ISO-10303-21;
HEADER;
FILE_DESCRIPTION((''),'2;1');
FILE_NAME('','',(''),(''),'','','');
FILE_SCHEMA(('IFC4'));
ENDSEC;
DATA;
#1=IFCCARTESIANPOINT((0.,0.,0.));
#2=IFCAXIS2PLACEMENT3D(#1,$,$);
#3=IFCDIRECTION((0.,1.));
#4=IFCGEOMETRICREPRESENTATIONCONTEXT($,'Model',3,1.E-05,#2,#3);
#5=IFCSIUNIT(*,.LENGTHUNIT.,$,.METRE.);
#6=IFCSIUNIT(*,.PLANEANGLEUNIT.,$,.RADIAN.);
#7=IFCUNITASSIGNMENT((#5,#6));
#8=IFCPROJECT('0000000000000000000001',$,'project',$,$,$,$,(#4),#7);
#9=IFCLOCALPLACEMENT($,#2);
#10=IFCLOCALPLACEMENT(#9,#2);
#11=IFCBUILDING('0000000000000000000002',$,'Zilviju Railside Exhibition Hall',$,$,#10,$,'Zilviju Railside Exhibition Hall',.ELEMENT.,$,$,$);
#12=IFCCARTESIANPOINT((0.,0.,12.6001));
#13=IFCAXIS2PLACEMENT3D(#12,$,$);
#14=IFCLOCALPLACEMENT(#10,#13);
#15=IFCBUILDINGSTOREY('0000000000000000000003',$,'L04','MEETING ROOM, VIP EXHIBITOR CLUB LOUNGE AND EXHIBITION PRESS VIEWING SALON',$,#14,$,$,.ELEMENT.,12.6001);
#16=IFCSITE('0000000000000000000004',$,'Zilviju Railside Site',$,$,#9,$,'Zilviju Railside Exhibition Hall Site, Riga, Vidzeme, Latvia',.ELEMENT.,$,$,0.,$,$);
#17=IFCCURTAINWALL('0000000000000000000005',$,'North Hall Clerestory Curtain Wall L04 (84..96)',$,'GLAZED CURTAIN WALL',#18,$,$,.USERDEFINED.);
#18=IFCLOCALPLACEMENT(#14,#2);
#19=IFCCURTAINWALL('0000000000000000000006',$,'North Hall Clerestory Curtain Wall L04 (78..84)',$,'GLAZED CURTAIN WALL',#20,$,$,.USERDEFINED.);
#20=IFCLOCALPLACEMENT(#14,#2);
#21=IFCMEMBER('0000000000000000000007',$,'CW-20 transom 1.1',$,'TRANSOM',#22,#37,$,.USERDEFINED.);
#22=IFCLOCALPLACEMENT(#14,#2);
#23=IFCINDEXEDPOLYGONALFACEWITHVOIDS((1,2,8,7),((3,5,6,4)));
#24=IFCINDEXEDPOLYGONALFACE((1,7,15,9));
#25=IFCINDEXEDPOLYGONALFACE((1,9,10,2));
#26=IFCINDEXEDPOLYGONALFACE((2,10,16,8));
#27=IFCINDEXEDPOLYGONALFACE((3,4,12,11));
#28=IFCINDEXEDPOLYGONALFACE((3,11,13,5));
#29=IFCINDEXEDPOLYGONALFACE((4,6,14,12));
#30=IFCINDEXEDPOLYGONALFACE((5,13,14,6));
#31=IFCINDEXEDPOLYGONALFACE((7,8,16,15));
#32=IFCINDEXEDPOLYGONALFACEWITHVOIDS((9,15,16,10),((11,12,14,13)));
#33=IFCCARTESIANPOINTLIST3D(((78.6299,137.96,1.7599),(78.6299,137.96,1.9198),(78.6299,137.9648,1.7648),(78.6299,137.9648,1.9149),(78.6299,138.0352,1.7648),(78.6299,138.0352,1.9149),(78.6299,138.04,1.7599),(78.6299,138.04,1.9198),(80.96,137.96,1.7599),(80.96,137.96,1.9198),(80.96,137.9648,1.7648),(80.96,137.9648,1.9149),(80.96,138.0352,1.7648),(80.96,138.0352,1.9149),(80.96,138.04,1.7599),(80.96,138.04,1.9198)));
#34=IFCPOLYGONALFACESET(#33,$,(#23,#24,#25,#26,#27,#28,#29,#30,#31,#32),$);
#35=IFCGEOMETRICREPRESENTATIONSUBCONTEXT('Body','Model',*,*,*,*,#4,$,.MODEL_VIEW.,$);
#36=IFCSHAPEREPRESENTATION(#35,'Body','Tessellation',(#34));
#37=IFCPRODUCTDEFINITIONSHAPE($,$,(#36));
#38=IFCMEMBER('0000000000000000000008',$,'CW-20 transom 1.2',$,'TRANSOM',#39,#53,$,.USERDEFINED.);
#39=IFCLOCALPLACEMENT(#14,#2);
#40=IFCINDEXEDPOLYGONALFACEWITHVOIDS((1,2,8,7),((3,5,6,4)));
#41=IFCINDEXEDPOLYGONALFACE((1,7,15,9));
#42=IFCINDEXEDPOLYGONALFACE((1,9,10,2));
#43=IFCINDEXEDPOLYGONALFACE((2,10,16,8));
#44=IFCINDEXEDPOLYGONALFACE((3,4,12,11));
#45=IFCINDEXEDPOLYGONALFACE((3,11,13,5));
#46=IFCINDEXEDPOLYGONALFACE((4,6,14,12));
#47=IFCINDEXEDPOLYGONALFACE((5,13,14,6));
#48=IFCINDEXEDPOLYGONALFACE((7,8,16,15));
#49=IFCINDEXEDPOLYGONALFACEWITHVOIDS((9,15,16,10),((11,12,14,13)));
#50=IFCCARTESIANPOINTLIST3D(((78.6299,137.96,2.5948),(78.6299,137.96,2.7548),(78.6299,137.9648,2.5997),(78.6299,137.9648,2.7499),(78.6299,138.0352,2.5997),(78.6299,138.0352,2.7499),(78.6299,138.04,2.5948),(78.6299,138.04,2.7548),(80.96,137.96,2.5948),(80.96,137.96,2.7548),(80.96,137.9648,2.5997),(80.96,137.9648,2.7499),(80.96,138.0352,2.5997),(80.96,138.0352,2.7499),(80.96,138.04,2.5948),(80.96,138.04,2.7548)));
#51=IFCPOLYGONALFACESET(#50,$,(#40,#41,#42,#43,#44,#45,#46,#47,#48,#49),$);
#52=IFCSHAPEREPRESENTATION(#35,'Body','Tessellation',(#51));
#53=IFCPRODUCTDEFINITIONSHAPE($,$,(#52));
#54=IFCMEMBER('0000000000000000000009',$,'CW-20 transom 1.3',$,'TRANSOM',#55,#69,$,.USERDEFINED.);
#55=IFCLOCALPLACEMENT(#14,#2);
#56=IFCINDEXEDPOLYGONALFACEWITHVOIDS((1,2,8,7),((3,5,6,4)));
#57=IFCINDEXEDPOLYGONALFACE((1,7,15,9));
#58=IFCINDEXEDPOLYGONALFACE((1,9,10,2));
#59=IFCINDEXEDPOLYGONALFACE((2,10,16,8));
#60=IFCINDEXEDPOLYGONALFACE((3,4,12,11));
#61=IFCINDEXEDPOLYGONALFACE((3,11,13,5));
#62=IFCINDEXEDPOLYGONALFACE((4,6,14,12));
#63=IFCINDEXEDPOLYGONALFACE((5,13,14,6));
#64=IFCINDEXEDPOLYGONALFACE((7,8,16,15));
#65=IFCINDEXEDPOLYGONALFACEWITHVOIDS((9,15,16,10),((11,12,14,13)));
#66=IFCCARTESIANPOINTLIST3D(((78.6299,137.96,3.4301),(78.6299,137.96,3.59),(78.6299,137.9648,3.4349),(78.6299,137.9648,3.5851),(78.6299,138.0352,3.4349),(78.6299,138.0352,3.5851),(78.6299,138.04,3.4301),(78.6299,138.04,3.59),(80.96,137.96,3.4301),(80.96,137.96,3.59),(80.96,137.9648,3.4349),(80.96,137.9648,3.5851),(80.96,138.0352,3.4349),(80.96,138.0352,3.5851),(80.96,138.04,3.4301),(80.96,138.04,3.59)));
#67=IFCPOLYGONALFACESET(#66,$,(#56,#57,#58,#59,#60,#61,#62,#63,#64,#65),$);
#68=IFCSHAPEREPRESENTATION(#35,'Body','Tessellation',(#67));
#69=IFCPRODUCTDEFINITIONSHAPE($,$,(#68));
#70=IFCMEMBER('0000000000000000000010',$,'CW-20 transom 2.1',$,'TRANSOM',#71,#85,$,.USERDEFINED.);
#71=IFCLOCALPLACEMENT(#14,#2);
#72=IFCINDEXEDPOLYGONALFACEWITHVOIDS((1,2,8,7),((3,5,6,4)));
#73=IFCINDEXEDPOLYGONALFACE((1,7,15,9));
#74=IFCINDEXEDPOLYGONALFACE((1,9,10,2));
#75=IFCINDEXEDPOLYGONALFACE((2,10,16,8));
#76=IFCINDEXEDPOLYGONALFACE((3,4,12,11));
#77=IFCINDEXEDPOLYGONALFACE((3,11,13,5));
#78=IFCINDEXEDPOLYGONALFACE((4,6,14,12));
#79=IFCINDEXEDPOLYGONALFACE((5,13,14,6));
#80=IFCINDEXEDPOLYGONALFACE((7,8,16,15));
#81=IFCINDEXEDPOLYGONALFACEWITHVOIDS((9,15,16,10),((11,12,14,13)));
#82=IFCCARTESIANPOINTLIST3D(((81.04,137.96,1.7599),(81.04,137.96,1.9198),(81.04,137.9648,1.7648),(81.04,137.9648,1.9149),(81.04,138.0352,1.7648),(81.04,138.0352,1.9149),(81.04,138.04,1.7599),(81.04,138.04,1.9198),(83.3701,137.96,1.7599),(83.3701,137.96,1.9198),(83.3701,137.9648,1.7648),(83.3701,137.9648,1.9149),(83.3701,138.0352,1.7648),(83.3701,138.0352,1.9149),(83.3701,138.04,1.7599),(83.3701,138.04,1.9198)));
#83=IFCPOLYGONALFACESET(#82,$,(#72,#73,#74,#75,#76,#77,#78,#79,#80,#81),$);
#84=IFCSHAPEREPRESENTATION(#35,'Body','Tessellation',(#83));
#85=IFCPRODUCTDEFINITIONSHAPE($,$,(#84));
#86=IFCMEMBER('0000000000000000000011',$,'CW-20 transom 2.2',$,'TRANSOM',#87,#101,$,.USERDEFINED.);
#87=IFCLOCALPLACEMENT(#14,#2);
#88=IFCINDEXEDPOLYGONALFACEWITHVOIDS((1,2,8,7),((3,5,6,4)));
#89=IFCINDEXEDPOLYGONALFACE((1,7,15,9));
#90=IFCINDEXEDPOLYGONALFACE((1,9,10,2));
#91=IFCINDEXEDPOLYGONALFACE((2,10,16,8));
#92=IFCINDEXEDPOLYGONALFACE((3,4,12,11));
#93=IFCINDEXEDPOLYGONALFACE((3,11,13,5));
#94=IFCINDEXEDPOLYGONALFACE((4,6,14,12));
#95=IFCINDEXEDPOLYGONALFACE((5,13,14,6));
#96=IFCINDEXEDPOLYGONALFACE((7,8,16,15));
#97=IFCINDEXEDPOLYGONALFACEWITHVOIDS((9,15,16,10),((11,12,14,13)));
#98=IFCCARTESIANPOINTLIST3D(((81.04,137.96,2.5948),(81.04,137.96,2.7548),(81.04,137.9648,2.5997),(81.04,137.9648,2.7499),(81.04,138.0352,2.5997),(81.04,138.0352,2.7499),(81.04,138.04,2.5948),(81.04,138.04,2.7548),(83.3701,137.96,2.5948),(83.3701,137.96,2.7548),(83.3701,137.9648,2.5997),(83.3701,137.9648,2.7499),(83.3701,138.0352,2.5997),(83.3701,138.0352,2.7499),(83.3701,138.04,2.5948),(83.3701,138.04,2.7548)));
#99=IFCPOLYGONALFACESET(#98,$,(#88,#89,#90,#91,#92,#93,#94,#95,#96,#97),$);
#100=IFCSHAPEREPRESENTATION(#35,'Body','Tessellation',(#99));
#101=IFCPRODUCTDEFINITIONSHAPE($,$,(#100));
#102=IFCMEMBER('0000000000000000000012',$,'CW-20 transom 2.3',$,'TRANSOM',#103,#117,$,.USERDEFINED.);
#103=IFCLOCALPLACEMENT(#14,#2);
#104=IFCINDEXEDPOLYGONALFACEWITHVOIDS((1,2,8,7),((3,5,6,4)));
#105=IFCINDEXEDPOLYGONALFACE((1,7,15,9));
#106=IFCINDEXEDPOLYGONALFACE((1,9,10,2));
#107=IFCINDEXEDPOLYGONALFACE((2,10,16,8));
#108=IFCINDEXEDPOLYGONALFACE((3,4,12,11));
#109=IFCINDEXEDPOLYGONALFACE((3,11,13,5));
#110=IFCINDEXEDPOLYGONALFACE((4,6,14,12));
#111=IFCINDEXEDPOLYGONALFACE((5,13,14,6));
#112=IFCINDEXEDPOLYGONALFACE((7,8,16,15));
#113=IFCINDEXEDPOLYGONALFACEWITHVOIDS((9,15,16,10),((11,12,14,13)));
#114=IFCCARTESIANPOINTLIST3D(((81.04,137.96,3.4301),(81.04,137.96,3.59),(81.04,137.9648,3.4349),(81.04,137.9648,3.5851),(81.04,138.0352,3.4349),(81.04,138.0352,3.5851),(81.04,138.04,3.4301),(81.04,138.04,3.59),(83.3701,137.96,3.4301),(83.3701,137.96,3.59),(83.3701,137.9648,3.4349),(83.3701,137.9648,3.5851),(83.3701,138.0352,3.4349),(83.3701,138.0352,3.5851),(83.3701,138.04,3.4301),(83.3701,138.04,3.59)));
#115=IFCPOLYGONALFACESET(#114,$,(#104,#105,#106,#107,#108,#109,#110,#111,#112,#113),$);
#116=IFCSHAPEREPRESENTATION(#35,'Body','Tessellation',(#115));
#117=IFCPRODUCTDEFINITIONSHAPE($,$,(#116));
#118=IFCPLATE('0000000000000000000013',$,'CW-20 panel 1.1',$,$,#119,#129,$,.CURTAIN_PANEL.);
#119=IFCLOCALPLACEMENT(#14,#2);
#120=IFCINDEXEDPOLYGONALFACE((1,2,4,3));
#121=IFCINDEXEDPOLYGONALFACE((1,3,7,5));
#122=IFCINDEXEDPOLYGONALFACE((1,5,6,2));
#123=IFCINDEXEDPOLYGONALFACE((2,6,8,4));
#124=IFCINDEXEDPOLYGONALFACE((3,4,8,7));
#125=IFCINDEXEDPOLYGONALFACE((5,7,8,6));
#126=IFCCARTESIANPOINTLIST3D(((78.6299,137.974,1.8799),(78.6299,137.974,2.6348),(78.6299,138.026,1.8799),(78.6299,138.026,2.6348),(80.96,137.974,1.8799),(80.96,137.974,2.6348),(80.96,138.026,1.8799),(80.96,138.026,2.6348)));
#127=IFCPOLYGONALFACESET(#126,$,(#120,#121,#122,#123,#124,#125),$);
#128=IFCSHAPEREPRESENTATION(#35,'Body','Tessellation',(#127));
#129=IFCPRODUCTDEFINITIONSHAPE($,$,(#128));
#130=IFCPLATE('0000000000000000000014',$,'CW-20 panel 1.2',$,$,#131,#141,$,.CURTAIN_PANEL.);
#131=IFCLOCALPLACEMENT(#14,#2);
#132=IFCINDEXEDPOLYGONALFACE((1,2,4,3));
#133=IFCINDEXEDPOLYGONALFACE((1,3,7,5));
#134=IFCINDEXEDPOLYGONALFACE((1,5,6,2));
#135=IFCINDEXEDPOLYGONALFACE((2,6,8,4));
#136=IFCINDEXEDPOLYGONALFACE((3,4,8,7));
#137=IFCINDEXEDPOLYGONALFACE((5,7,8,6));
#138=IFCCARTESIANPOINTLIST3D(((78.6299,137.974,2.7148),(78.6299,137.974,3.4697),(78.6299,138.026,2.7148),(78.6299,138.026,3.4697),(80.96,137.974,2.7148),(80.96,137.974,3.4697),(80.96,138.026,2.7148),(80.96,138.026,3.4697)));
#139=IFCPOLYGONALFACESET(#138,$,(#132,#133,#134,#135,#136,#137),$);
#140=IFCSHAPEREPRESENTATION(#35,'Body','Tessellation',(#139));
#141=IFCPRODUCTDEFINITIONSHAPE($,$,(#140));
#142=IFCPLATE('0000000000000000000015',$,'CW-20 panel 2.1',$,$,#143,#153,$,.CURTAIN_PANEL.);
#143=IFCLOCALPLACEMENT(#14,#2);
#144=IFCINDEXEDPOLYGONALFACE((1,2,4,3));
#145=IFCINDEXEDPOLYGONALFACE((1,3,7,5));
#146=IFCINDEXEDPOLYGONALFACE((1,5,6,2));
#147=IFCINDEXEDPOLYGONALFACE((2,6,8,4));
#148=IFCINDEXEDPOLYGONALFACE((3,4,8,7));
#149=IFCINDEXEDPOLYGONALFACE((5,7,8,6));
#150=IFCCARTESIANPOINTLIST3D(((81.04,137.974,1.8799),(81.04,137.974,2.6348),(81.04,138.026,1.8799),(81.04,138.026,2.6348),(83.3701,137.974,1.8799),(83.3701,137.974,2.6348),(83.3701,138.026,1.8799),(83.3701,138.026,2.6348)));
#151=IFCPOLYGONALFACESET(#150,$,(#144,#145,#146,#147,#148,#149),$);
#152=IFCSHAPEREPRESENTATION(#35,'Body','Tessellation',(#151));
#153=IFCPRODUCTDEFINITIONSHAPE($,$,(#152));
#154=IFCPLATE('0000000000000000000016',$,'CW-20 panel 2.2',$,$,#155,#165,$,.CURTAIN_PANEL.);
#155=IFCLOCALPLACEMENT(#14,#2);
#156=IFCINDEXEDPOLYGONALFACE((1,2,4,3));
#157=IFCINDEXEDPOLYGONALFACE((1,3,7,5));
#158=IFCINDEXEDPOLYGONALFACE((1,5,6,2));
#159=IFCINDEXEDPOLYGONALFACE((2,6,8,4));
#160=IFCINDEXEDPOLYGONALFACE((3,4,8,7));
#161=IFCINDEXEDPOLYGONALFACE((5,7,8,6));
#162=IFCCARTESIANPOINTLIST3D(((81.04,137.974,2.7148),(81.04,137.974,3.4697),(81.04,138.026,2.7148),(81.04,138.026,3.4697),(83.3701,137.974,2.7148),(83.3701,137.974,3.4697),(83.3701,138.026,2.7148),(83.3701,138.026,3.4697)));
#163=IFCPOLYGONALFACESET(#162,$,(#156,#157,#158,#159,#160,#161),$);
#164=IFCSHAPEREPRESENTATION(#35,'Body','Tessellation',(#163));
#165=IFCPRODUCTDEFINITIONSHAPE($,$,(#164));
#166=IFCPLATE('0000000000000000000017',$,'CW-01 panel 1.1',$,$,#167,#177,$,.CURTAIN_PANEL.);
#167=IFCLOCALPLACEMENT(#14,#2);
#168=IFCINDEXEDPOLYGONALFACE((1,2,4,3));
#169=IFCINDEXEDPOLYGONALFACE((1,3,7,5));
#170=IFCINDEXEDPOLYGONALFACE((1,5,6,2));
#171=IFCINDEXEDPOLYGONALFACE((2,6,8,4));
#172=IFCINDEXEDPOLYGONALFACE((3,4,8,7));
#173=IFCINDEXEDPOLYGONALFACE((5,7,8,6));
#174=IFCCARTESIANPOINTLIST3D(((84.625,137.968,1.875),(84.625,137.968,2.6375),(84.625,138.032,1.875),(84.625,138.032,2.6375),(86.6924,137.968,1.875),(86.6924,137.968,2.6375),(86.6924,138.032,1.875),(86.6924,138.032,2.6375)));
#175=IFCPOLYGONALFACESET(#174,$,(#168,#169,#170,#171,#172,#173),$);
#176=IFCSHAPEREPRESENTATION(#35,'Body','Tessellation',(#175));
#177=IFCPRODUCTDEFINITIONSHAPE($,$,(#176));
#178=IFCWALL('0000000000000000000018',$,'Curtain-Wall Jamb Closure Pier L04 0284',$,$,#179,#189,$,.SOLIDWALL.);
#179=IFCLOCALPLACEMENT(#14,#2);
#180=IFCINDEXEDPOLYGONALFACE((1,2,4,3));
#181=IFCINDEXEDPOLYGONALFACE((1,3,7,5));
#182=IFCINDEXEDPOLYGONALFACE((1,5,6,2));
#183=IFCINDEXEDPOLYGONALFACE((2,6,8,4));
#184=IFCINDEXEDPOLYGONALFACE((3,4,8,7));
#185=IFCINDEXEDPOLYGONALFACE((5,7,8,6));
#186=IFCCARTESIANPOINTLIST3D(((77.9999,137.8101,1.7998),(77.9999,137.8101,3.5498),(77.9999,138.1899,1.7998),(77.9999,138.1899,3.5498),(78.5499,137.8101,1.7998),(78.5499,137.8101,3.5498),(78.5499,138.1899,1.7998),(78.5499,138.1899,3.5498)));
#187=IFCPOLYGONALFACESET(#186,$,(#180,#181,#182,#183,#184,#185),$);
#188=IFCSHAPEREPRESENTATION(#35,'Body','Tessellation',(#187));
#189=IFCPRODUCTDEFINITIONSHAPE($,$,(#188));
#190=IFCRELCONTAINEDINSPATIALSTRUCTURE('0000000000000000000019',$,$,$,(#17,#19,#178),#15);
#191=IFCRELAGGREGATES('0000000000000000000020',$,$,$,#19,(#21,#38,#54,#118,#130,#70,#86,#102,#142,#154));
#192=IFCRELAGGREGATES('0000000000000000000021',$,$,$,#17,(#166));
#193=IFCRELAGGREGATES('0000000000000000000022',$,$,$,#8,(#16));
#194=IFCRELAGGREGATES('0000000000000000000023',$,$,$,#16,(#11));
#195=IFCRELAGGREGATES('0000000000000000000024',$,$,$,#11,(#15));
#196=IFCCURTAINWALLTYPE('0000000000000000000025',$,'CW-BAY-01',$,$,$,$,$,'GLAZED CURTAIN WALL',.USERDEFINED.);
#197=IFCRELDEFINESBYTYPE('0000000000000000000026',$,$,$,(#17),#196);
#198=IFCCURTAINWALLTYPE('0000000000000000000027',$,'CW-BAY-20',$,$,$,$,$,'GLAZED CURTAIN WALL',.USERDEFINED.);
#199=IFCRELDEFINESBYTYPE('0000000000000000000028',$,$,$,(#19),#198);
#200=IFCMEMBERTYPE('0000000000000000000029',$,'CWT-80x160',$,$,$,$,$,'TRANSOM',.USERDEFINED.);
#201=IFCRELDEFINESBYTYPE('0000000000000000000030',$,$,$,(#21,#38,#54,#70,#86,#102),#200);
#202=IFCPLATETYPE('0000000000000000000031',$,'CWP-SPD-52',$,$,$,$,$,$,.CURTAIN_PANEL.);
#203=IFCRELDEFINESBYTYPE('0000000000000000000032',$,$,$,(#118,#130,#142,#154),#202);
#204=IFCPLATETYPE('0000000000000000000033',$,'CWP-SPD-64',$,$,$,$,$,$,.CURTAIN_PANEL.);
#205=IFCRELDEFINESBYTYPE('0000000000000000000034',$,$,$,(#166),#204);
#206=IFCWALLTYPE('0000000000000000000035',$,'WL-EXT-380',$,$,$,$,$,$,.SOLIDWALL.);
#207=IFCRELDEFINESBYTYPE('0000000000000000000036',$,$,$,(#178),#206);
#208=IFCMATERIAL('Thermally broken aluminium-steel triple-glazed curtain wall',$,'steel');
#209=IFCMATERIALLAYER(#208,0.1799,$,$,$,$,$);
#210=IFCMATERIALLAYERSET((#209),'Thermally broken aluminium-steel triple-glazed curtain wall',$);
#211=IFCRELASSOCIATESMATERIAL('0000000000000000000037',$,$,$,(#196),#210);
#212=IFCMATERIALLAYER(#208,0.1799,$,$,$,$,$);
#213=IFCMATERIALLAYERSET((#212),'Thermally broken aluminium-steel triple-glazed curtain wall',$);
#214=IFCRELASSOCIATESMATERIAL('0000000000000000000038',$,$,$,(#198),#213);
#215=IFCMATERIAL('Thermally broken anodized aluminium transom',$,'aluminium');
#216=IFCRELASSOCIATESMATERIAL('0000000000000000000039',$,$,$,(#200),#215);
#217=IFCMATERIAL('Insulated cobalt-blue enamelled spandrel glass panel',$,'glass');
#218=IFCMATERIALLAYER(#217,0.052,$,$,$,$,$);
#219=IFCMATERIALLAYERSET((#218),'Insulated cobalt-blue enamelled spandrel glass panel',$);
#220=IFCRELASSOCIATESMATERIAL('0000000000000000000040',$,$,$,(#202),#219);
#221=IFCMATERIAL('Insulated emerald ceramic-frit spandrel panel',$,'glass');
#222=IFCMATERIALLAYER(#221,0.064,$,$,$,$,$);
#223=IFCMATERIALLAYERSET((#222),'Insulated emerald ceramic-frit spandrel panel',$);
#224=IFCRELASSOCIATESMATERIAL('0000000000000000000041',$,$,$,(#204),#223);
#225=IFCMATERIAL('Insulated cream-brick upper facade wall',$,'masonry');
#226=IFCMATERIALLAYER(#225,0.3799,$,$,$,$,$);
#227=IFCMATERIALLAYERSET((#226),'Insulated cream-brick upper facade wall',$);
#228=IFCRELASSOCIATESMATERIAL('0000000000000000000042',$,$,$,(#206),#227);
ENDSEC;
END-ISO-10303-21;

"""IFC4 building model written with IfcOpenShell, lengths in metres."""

from ifc_helpers import new_model, si_unit, direction, frame, frame_2d, origin, origin_2d, place, context, subcontext, project, spatial, rectangle, hollow_rectangle, extrude, material, layer, layer_set, material_profile, profile_set, type_object, element, aggregate, save


model = new_model("IFC4")

# Units and contexts
model_context = context("Model", 3, precision=1e-05, world=origin(), true_north=direction((0.0, 1.0)))
body_context = subcontext(model_context, "Body", "Model", "MODEL_VIEW")
ifc_project = project(units=[si_unit("LENGTHUNIT", "METRE"), si_unit("PLANEANGLEUNIT", "RADIAN")], contexts=[model_context])

# Site, building, storey
site_placement = place(None, origin())
site = spatial("IfcSite", under=ifc_project, at=site_placement, Name="Zilviju Railside Site", LongName="Zilviju Railside Exhibition Hall Site, Riga, Vidzeme, Latvia", CompositionType="ELEMENT", RefElevation=0.0)
building_placement = place(site_placement, origin())
building = spatial("IfcBuilding", under=site, at=building_placement, Name="Zilviju Railside Exhibition Hall", LongName="Zilviju Railside Exhibition Hall", CompositionType="ELEMENT")
storey_placement = place(building_placement, frame((0.0, 0.0, 12.6001)))
storey = spatial("IfcBuildingStorey", under=building, at=storey_placement, Name="L04", Description="MEETING ROOM, VIP EXHIBITOR CLUB LOUNGE AND EXHIBITION PRESS VIEWING SALON", CompositionType="ELEMENT", Elevation=12.6001)

# Curtain wall
ifc_material_1 = material(Name="Thermally broken aluminium-steel triple-glazed curtain wall", Category="steel")
ifc_layer_1 = layer(ifc_material_1, 0.1799)
ifc_layer_set_1 = layer_set([ifc_layer_1], Name="Thermally broken aluminium-steel triple-glazed curtain wall")
curtain_wall_type_1 = type_object("IfcCurtainWallType", Name="CW-BAY-01", ElementType="GLAZED CURTAIN WALL", PredefinedType="USERDEFINED", material=ifc_layer_set_1)
curtain_wall_1_placement = place(storey_placement, origin())
curtain_wall_1 = element("IfcCurtainWall", 1, at=curtain_wall_1_placement, inside=storey, type_object=curtain_wall_type_1, Name="North Hall Clerestory Curtain Wall L04 (84..96)", ObjectType="GLAZED CURTAIN WALL", PredefinedType="USERDEFINED")

# Curtain wall
ifc_layer_2 = layer(ifc_material_1, 0.1799)
ifc_layer_set_2 = layer_set([ifc_layer_2], Name="Thermally broken aluminium-steel triple-glazed curtain wall")
curtain_wall_type_2 = type_object("IfcCurtainWallType", Name="CW-BAY-20", ElementType="GLAZED CURTAIN WALL", PredefinedType="USERDEFINED", material=ifc_layer_set_2)
curtain_wall_2_placement = place(storey_placement, origin())
curtain_wall_2 = element("IfcCurtainWall", 2, at=curtain_wall_2_placement, inside=storey, type_object=curtain_wall_type_2, Name="North Hall Clerestory Curtain Wall L04 (78..84)", ObjectType="GLAZED CURTAIN WALL", PredefinedType="USERDEFINED")

# Members
ifc_material_2 = material(Name="Thermally broken anodized aluminium transom", Category="aluminium")
ifc_material_profile_1 = material_profile(ifc_material_2, hollow_rectangle(XDim=0.0801, YDim=0.1599, WallThickness=0.0049, at=origin_2d()), Name="TRANSOM 160x80x5")
ifc_profile_set_1 = profile_set([ifc_material_profile_1], Name="Thermally broken anodized aluminium transom")
member_type_1 = type_object("IfcMemberType", Name="CWT-80x160", ElementType="TRANSOM", PredefinedType="USERDEFINED", material=ifc_profile_set_1)
member_1_placement = place(storey_placement, frame((78.6299, 138.0, 1.8398), z_axis=(1.0, 0.0, 0.0), x_axis=(0.0, 1.0, 0.0)))
member_1 = element("IfcMember", 3, at=member_1_placement, type_object=member_type_1, Name="CW-20 transom 1.1", ObjectType="TRANSOM", PredefinedType="USERDEFINED", context=body_context, shape_type="SweptSolid", body=[
    extrude(hollow_rectangle(XDim=0.0801, YDim=0.1599, WallThickness=0.0049, at=origin_2d()), origin(), (0.0, 0.0, 1.0), 2.3301),
])
member_2_placement = place(storey_placement, frame((78.6299, 138.0, 2.6748), z_axis=(1.0, 0.0, 0.0), x_axis=(0.0, 1.0, 0.0)))
member_2 = element("IfcMember", 4, at=member_2_placement, type_object=member_type_1, Name="CW-20 transom 1.2", ObjectType="TRANSOM", PredefinedType="USERDEFINED", context=body_context, shape_type="SweptSolid", body=[
    extrude(hollow_rectangle(XDim=0.0801, YDim=0.1599, WallThickness=0.0049, at=origin_2d()), origin(), (0.0, 0.0, 1.0), 2.3301),
])
member_3_placement = place(storey_placement, frame((78.6299, 138.0, 3.51), z_axis=(1.0, 0.0, 0.0), x_axis=(0.0, 1.0, 0.0)))
member_3 = element("IfcMember", 5, at=member_3_placement, type_object=member_type_1, Name="CW-20 transom 1.3", ObjectType="TRANSOM", PredefinedType="USERDEFINED", context=body_context, shape_type="SweptSolid", body=[
    extrude(hollow_rectangle(XDim=0.0801, YDim=0.1599, WallThickness=0.0049, at=origin_2d()), origin(), (0.0, 0.0, 1.0), 2.3301),
])
member_4_placement = place(storey_placement, frame((81.04, 138.0, 1.8398), z_axis=(1.0, 0.0, 0.0), x_axis=(0.0, 1.0, 0.0)))
member_4 = element("IfcMember", 6, at=member_4_placement, type_object=member_type_1, Name="CW-20 transom 2.1", ObjectType="TRANSOM", PredefinedType="USERDEFINED", context=body_context, shape_type="SweptSolid", body=[
    extrude(hollow_rectangle(XDim=0.0801, YDim=0.1599, WallThickness=0.0049, at=origin_2d()), origin(), (0.0, 0.0, 1.0), 2.3301),
])
member_5_placement = place(storey_placement, frame((81.04, 138.0, 2.6748), z_axis=(1.0, 0.0, 0.0), x_axis=(0.0, 1.0, 0.0)))
member_5 = element("IfcMember", 7, at=member_5_placement, type_object=member_type_1, Name="CW-20 transom 2.2", ObjectType="TRANSOM", PredefinedType="USERDEFINED", context=body_context, shape_type="SweptSolid", body=[
    extrude(hollow_rectangle(XDim=0.0801, YDim=0.1599, WallThickness=0.0049, at=origin_2d()), origin(), (0.0, 0.0, 1.0), 2.3301),
])
member_6_placement = place(storey_placement, frame((81.04, 138.0, 3.51), z_axis=(1.0, 0.0, 0.0), x_axis=(0.0, 1.0, 0.0)))
member_6 = element("IfcMember", 8, at=member_6_placement, type_object=member_type_1, Name="CW-20 transom 2.3", ObjectType="TRANSOM", PredefinedType="USERDEFINED", context=body_context, shape_type="SweptSolid", body=[
    extrude(hollow_rectangle(XDim=0.0801, YDim=0.1599, WallThickness=0.0049, at=origin_2d()), origin(), (0.0, 0.0, 1.0), 2.3301),
])

# Plates
ifc_material_3 = material(Name="Insulated cobalt-blue enamelled spandrel glass panel", Category="glass")
ifc_layer_3 = layer(ifc_material_3, 0.052)
ifc_layer_set_3 = layer_set([ifc_layer_3], Name="Insulated cobalt-blue enamelled spandrel glass panel")
plate_type_1 = type_object("IfcPlateType", Name="CWP-SPD-52", PredefinedType="CURTAIN_PANEL", material=ifc_layer_set_3)
plate_1_placement = place(storey_placement, frame((79.7949, 138.0, 1.8799), z_axis=(0.0, 0.0, 1.0), x_axis=(1.0, 0.0, 0.0)))
plate_1 = element("IfcPlate", 9, at=plate_1_placement, type_object=plate_type_1, Name="CW-20 panel 1.1", PredefinedType="CURTAIN_PANEL", context=body_context, shape_type="SweptSolid", body=[
    extrude(rectangle(XDim=2.3301, YDim=0.052, at=origin_2d()), origin(), (0.0, 0.0, 1.0), 0.7549),
])
plate_2_placement = place(storey_placement, frame((79.7949, 138.0, 2.7148), z_axis=(0.0, 0.0, 1.0), x_axis=(1.0, 0.0, 0.0)))
plate_2 = element("IfcPlate", 10, at=plate_2_placement, type_object=plate_type_1, Name="CW-20 panel 1.2", PredefinedType="CURTAIN_PANEL", context=body_context, shape_type="SweptSolid", body=[
    extrude(rectangle(XDim=2.3301, YDim=0.052, at=origin_2d()), origin(), (0.0, 0.0, 1.0), 0.7549),
])
plate_3_placement = place(storey_placement, frame((82.2051, 138.0, 1.8799), z_axis=(0.0, 0.0, 1.0), x_axis=(1.0, 0.0, 0.0)))
plate_3 = element("IfcPlate", 11, at=plate_3_placement, type_object=plate_type_1, Name="CW-20 panel 2.1", PredefinedType="CURTAIN_PANEL", context=body_context, shape_type="SweptSolid", body=[
    extrude(rectangle(XDim=2.3301, YDim=0.052, at=origin_2d()), origin(), (0.0, 0.0, 1.0), 0.7549),
])
plate_4_placement = place(storey_placement, frame((82.2051, 138.0, 2.7148), z_axis=(0.0, 0.0, 1.0), x_axis=(1.0, 0.0, 0.0)))
plate_4 = element("IfcPlate", 12, at=plate_4_placement, type_object=plate_type_1, Name="CW-20 panel 2.2", PredefinedType="CURTAIN_PANEL", context=body_context, shape_type="SweptSolid", body=[
    extrude(rectangle(XDim=2.3301, YDim=0.052, at=origin_2d()), origin(), (0.0, 0.0, 1.0), 0.7549),
])
aggregate(curtain_wall_2, [member_1, member_2, member_3, plate_1, plate_2, member_4, member_5, member_6, plate_3, plate_4])
ifc_material_4 = material(Name="Insulated emerald ceramic-frit spandrel panel", Category="glass")
ifc_layer_4 = layer(ifc_material_4, 0.064)
ifc_layer_set_4 = layer_set([ifc_layer_4], Name="Insulated emerald ceramic-frit spandrel panel")
plate_type_2 = type_object("IfcPlateType", Name="CWP-SPD-64", PredefinedType="CURTAIN_PANEL", material=ifc_layer_set_4)
plate_5_placement = place(storey_placement, frame((85.6587, 138.0, 1.875), z_axis=(0.0, 0.0, 1.0), x_axis=(1.0, 0.0, 0.0)))
plate_5 = element("IfcPlate", 13, at=plate_5_placement, type_object=plate_type_2, Name="CW-01 panel 1.1", PredefinedType="CURTAIN_PANEL", context=body_context, shape_type="SweptSolid", body=[
    extrude(rectangle(XDim=2.0674, YDim=0.064, at=origin_2d()), origin(), (0.0, 0.0, 1.0), 0.7625),
])
aggregate(curtain_wall_1, [plate_5])

# Wall
ifc_material_5 = material(Name="Insulated cream-brick upper facade wall", Category="masonry")
ifc_layer_5 = layer(ifc_material_5, 0.3799)
ifc_layer_set_5 = layer_set([ifc_layer_5], Name="Insulated cream-brick upper facade wall")
wall_type = type_object("IfcWallType", Name="WL-EXT-380", PredefinedType="SOLIDWALL", material=ifc_layer_set_5)
for number, where, z_axis, x_axis, name in (
    (14, (78.0, 138.0, 1.7998), (0.0, 0.0, 1.0), (1.0, 0.0, 0.0), "Curtain-Wall Jamb Closure Pier L04 0284"),
):
    element("IfcWall", number, at=place(storey_placement, frame(where, z_axis=z_axis, x_axis=x_axis)), inside=storey, type_object=wall_type, Name=name, PredefinedType="SOLIDWALL", context=body_context, shape_type="SweptSolid", body=[
        extrude(rectangle(XDim=0.55, YDim=0.3799, at=frame_2d((0.2749, 0.0))), origin(), (0.0, 0.0, 1.0), 1.75),
    ])

save(model, "model.ifc")
